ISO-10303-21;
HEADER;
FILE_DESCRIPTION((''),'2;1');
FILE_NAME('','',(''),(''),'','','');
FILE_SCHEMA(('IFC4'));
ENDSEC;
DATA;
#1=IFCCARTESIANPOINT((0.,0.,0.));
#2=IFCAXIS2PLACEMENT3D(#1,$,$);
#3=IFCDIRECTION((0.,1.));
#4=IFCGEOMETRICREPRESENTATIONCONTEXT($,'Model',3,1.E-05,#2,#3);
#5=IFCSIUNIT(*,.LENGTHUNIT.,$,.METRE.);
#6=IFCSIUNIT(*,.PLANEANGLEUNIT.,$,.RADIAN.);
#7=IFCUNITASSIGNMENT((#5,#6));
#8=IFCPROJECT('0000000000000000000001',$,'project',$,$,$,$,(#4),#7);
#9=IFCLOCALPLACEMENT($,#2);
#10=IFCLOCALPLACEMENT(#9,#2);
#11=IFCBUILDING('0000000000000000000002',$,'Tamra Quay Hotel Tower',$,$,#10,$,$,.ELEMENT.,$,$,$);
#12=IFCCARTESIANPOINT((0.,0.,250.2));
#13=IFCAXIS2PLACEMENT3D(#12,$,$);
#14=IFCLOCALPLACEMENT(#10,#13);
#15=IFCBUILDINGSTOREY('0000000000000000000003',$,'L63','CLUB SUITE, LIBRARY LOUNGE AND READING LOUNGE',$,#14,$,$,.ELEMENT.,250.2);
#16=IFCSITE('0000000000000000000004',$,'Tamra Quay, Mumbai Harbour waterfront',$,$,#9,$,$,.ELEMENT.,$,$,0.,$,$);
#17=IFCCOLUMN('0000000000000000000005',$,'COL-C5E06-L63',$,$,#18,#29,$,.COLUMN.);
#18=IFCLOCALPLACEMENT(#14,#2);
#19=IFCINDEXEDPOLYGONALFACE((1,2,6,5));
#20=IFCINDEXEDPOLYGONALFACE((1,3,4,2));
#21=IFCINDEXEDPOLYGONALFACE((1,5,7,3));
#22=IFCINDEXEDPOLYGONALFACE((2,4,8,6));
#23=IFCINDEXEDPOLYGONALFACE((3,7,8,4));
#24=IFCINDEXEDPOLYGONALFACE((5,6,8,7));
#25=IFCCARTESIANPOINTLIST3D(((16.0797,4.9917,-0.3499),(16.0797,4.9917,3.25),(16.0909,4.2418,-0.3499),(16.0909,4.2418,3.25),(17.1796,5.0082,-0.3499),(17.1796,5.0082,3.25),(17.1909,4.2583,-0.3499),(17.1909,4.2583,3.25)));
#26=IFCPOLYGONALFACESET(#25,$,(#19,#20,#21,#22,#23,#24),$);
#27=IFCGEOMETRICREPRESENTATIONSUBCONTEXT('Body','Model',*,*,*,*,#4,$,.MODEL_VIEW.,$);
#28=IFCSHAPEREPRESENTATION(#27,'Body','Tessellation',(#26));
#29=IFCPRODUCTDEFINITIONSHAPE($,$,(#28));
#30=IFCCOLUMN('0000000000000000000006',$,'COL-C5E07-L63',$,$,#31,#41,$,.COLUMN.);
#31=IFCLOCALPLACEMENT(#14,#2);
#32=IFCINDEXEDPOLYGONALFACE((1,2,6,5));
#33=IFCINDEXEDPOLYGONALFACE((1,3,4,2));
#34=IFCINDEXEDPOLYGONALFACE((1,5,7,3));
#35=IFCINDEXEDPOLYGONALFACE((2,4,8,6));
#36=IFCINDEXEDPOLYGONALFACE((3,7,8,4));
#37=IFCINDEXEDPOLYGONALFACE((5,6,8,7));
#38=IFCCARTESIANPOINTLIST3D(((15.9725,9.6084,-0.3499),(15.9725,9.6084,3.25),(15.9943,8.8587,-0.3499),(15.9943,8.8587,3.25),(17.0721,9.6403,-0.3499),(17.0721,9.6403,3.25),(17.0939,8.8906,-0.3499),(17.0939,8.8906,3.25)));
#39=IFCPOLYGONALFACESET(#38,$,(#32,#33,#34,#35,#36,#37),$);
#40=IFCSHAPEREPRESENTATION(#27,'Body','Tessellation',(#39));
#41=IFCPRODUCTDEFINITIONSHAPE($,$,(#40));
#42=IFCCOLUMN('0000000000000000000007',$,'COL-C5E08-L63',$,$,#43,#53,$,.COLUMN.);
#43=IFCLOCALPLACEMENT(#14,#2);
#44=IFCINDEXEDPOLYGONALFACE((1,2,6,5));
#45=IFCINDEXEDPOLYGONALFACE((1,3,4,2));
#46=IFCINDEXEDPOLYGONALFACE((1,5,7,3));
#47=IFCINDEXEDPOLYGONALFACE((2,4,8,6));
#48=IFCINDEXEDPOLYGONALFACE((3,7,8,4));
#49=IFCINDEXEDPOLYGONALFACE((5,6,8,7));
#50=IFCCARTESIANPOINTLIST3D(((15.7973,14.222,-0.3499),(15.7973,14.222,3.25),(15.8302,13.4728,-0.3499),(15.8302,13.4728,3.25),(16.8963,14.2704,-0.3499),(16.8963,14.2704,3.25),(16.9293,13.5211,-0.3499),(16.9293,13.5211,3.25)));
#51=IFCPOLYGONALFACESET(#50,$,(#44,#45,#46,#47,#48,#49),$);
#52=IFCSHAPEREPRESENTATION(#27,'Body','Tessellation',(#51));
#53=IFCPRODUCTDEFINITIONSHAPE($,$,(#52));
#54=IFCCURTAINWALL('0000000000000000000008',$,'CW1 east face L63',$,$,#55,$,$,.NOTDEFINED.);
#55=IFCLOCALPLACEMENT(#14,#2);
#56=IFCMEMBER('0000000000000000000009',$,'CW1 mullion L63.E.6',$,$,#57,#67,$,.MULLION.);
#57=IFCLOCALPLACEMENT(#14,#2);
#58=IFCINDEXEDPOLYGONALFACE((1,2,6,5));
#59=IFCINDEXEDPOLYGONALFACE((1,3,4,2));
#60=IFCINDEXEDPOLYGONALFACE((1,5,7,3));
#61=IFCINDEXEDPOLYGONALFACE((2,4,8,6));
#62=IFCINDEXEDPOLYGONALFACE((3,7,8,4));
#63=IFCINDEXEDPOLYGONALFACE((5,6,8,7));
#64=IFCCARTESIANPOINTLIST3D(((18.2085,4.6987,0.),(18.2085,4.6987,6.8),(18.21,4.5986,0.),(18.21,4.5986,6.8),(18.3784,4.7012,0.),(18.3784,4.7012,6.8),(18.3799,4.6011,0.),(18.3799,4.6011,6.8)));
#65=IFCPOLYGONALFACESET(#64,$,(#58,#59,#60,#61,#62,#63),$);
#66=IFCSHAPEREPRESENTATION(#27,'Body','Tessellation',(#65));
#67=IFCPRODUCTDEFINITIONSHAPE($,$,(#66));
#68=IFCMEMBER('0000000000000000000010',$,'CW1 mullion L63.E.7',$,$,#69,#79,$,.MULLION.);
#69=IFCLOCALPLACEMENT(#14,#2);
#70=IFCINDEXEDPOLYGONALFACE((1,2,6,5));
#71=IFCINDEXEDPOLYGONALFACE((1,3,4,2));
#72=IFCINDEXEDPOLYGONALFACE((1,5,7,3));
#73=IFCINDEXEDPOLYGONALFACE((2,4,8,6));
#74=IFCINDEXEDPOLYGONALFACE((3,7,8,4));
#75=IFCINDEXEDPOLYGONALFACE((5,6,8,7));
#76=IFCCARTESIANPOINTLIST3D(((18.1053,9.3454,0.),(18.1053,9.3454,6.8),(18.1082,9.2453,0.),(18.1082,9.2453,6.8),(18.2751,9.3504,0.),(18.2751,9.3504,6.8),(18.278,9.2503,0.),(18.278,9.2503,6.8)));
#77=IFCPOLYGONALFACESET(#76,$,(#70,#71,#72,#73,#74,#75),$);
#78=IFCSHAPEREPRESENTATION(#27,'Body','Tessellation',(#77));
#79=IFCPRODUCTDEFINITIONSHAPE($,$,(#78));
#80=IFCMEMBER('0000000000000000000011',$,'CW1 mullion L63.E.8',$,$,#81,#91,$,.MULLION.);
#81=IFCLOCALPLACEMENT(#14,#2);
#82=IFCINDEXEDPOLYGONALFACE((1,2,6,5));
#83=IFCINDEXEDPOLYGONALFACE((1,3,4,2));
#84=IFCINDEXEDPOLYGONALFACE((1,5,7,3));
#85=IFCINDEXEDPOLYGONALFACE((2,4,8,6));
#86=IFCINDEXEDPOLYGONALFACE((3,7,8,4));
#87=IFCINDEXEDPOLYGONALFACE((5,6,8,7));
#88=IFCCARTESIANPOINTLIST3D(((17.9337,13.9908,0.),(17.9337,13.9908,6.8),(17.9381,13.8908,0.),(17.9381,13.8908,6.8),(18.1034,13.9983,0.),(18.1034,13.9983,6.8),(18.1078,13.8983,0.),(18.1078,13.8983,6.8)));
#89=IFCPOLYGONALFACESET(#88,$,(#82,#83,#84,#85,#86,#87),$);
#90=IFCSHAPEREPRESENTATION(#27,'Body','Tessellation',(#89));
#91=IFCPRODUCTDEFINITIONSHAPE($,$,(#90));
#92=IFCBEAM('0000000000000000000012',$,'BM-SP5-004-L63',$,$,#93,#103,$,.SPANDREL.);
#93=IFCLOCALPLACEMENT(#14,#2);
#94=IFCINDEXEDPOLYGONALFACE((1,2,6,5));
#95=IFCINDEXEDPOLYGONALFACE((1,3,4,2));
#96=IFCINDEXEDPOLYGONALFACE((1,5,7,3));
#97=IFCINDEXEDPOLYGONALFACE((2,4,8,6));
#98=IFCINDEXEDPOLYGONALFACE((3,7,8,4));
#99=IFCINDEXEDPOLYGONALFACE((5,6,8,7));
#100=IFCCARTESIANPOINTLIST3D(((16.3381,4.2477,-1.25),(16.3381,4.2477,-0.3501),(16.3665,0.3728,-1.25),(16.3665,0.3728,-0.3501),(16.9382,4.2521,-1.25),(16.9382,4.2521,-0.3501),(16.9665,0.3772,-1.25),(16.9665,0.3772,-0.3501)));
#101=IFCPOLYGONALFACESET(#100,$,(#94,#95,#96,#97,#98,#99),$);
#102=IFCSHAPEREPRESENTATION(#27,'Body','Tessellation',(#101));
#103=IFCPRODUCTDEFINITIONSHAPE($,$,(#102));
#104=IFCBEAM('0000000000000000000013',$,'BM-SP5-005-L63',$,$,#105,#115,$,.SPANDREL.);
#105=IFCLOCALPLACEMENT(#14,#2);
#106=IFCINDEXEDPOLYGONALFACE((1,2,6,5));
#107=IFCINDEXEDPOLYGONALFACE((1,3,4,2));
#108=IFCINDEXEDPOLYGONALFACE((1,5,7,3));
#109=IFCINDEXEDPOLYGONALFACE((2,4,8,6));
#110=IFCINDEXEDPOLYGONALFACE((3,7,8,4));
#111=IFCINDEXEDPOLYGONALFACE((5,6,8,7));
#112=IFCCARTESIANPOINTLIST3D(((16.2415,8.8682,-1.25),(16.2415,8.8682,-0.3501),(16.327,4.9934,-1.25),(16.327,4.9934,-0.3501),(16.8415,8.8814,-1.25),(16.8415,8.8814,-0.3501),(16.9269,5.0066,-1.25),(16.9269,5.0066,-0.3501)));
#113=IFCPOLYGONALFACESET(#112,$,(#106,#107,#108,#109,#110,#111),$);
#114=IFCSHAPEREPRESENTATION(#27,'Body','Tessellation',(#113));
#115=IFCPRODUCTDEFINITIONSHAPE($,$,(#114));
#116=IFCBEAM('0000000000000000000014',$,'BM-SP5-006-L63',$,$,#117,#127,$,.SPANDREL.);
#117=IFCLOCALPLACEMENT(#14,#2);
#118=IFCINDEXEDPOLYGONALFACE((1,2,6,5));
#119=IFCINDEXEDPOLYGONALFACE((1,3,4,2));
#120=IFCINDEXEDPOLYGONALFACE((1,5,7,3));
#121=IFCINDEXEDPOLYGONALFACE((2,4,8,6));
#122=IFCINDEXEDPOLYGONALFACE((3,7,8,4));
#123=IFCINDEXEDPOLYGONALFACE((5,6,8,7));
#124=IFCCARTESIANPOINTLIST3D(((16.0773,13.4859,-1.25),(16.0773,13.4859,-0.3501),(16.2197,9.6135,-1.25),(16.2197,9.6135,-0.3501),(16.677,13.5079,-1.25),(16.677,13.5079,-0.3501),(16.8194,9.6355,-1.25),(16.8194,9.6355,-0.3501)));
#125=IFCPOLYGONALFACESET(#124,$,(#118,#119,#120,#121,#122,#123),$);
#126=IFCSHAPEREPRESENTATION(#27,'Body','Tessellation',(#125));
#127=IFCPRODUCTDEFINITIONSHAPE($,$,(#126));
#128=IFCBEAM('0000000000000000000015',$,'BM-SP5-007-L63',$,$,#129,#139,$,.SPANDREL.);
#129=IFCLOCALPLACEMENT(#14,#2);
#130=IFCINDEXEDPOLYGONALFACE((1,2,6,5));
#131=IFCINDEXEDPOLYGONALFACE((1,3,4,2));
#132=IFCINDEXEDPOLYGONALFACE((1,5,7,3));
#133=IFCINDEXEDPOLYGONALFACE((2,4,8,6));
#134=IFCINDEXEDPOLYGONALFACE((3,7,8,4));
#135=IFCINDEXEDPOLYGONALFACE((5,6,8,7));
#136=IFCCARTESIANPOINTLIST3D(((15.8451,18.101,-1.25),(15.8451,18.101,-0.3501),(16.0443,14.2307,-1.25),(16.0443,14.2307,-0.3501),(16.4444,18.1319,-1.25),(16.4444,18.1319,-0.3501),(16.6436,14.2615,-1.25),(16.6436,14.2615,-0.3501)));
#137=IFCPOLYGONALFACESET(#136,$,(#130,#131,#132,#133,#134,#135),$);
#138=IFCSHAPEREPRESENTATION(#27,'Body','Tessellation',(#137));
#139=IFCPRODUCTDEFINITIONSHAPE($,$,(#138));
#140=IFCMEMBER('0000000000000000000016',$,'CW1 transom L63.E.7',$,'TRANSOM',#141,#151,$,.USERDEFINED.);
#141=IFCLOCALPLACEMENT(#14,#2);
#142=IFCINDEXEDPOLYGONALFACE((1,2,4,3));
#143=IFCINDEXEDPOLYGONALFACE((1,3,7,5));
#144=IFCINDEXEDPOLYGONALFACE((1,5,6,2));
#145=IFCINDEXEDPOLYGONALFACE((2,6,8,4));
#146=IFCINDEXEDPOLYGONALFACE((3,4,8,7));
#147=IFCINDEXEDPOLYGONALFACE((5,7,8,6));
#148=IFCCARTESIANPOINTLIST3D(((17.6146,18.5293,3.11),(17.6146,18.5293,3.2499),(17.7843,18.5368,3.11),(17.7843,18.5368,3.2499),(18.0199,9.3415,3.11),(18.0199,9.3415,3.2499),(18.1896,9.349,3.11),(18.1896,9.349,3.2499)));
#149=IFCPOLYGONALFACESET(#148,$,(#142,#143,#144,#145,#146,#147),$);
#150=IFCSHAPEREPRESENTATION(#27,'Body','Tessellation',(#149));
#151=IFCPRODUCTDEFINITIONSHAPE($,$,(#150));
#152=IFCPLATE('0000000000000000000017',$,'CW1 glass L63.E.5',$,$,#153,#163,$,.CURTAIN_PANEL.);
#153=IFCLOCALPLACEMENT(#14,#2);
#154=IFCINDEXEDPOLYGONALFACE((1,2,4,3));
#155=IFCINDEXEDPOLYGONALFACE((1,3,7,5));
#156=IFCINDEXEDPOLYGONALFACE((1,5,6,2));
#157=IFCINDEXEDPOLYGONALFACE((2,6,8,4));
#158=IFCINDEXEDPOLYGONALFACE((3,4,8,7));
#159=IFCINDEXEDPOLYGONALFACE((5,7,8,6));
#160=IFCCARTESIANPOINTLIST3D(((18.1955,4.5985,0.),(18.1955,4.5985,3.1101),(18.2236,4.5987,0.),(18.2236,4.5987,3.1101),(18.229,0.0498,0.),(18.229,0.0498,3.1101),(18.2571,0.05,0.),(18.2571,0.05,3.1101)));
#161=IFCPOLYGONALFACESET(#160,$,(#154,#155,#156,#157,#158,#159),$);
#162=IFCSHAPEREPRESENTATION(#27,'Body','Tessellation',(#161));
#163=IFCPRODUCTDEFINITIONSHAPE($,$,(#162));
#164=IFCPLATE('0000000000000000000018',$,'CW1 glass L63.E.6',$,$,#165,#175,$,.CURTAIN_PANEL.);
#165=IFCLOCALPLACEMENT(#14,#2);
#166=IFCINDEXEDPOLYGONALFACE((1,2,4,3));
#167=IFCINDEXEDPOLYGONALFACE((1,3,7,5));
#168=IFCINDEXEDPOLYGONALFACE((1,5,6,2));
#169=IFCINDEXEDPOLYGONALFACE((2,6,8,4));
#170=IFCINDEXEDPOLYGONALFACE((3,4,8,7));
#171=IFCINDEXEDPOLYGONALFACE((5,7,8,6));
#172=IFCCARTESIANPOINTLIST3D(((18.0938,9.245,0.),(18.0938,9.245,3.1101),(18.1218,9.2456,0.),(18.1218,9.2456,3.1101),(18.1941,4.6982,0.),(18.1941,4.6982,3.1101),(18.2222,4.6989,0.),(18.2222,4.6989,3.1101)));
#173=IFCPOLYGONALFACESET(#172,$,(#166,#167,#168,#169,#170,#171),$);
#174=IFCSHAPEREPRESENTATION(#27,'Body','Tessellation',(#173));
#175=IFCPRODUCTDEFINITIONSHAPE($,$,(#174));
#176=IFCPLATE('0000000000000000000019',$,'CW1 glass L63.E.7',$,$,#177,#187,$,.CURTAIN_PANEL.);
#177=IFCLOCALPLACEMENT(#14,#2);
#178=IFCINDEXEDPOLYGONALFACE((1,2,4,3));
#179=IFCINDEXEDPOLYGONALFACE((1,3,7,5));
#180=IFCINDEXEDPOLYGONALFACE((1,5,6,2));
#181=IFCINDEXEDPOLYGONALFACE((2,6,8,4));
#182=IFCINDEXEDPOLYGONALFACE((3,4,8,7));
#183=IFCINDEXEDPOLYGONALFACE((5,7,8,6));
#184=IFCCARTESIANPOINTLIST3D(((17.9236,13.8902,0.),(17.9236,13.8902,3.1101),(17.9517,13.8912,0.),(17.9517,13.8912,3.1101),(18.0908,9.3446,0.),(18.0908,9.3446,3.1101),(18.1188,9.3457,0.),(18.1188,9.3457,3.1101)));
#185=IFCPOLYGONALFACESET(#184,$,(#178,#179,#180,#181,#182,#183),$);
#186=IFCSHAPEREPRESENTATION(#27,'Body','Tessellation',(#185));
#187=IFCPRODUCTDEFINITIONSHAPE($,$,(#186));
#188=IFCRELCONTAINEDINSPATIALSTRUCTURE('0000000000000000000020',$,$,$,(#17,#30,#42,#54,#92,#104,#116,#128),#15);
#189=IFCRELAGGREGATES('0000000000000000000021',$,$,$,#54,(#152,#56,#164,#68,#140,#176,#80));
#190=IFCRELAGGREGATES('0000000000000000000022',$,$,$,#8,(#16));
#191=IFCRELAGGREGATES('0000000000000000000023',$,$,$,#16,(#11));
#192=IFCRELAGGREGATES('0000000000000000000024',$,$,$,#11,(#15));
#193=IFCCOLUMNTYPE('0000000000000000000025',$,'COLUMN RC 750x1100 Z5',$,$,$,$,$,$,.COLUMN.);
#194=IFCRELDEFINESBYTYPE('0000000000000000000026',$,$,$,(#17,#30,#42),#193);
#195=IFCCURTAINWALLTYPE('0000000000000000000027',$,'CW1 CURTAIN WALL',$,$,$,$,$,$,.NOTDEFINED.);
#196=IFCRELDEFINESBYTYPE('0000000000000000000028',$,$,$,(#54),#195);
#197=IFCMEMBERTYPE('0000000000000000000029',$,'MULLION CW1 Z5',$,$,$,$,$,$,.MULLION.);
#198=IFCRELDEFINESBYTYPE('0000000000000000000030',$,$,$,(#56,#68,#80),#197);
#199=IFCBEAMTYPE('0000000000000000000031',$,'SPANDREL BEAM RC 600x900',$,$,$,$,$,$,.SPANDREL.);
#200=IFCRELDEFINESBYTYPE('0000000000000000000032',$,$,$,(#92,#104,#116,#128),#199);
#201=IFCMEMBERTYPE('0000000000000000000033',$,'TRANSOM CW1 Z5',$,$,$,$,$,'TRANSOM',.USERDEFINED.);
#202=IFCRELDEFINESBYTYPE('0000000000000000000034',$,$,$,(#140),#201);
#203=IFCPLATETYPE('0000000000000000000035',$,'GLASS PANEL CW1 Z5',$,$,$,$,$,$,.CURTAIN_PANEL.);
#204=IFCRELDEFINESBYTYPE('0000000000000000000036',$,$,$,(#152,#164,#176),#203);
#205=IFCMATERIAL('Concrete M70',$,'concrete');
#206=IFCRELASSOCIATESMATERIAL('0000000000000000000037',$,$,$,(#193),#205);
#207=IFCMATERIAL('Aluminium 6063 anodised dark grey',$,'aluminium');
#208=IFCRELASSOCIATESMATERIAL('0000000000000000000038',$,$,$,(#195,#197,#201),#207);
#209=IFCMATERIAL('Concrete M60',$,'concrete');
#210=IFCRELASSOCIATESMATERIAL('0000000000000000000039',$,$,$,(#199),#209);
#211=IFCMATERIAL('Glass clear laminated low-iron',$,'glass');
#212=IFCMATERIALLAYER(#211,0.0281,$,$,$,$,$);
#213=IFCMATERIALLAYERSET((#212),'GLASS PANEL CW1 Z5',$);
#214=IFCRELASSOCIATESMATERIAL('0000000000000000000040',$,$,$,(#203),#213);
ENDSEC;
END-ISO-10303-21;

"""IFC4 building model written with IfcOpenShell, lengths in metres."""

from ifc_helpers import new_model, si_unit, direction, frame, origin, origin_2d, place, context, subcontext, project, spatial, rectangle, extrude, material, layer, layer_set, material_profile, profile_set, type_object, element, aggregate, save


model = new_model("IFC4")

# Units and contexts
model_context = context("Model", 3, precision=1e-05, world=origin(), true_north=direction((0.0, 1.0)))
body_context = subcontext(model_context, "Body", "Model", "MODEL_VIEW")
ifc_project = project(units=[si_unit("LENGTHUNIT", "METRE"), si_unit("PLANEANGLEUNIT", "RADIAN")], contexts=[model_context])

# Site, building, storey
site_placement = place(None, origin())
site = spatial("IfcSite", under=ifc_project, at=site_placement, Name="Tamra Quay, Mumbai Harbour waterfront", CompositionType="ELEMENT", RefElevation=0.0)
building_placement = place(site_placement, origin())
building = spatial("IfcBuilding", under=site, at=building_placement, Name="Tamra Quay Hotel Tower", CompositionType="ELEMENT")
storey_placement = place(building_placement, frame((0.0, 0.0, 250.2)))
storey = spatial("IfcBuildingStorey", under=building, at=storey_placement, Name="L63", Description="CLUB SUITE, LIBRARY LOUNGE AND READING LOUNGE", CompositionType="ELEMENT", Elevation=250.2)

# Columns
ifc_material_1 = material(Name="Concrete M70", Category="concrete")
ifc_material_profile_1 = material_profile(ifc_material_1, rectangle(XDim=1.1001, YDim=0.75, at=origin_2d()), Name="COLUMN RC 750x1100 Z5")
ifc_profile_set_1 = profile_set([ifc_material_profile_1], Name="Concrete M70")
column_type = type_object("IfcColumnType", Name="COLUMN RC 750x1100 Z5", PredefinedType="COLUMN", material=ifc_profile_set_1)
for number, where, z_axis, x_axis, name in (
    (1, (16.6353, 4.625, -0.3499), (0.0, 0.0, 1.0), (0.999888, 0.014959, 0.0), "COL-C5E06-L63"),
    (2, (16.5332, 9.2495, -0.3499), (0.0, 0.0, 1.0), (0.999579, 0.029028, 0.0), "COL-C5E07-L63"),
    (3, (16.3633, 13.8716, -0.3499), (0.0, 0.0, 1.0), (0.999033, 0.043958, 0.0), "COL-C5E08-L63"),
):
    element("IfcColumn", number, at=place(storey_placement, frame(where, z_axis=z_axis, x_axis=x_axis)), inside=storey, type_object=column_type, Name=name, PredefinedType="COLUMN", context=body_context, shape_type="SweptSolid", body=[
        extrude(rectangle(XDim=1.1001, YDim=0.75, at=origin_2d()), origin(), (0.0, 0.0, 1.0), 3.5999),
    ])

# Curtain wall, members
ifc_material_2 = material(Name="Aluminium 6063 anodised dark grey", Category="aluminium")
curtain_wall_type = type_object("IfcCurtainWallType", Name="CW1 CURTAIN WALL", PredefinedType="NOTDEFINED", material=ifc_material_2)
curtain_wall_placement = place(storey_placement, origin())
curtain_wall = element("IfcCurtainWall", 4, at=curtain_wall_placement, inside=storey, type_object=curtain_wall_type, Name="CW1 east face L63", PredefinedType="NOTDEFINED")
ifc_material_profile_2 = material_profile(ifc_material_2, rectangle(XDim=0.1699, YDim=0.1001, at=origin_2d()), Name="MULLION 100X170")
ifc_profile_set_2 = profile_set([ifc_material_profile_2], Name="Aluminium 6063 anodised dark grey")
member_type_1 = type_object("IfcMemberType", Name="MULLION CW1 Z5", PredefinedType="MULLION", material=ifc_profile_set_2)
member_1_placement = place(storey_placement, frame((18.2942, 4.6499, 0.0), z_axis=(0.0, 0.0, 1.0), x_axis=(0.999892, 0.014713, 0.0)))
member_1 = element("IfcMember", 5, at=member_1_placement, type_object=member_type_1, Name="CW1 mullion L63.E.6", PredefinedType="MULLION", context=body_context, shape_type="SweptSolid", body=[
    extrude(rectangle(XDim=0.1699, YDim=0.1001, at=origin_2d()), origin(), (0.0, 0.0, 1.0), 6.8),
])
member_2_placement = place(storey_placement, frame((18.1917, 9.2979, 0.0), z_axis=(0.0, 0.0, 1.0), x_axis=(0.999568, 0.029405, 0.0)))
member_2 = element("IfcMember", 6, at=member_2_placement, type_object=member_type_1, Name="CW1 mullion L63.E.7", PredefinedType="MULLION", context=body_context, shape_type="SweptSolid", body=[
    extrude(rectangle(XDim=0.1699, YDim=0.1001, at=origin_2d()), origin(), (0.0, 0.0, 1.0), 6.8),
])
member_3_placement = place(storey_placement, frame((18.0208, 13.9446, 0.0), z_axis=(0.0, 0.0, 1.0), x_axis=(0.999028, 0.044075, 0.0)))
member_3 = element("IfcMember", 7, at=member_3_placement, type_object=member_type_1, Name="CW1 mullion L63.E.8", PredefinedType="MULLION", context=body_context, shape_type="SweptSolid", body=[
    extrude(rectangle(XDim=0.1699, YDim=0.1001, at=origin_2d()), origin(), (0.0, 0.0, 1.0), 6.8),
])

# Beams
ifc_material_3 = material(Name="Concrete M60", Category="concrete")
ifc_material_profile_3 = material_profile(ifc_material_3, rectangle(XDim=0.6001, YDim=0.8999, at=origin_2d()), Name="SPANDREL BEAM RC 600x900")
ifc_profile_set_3 = profile_set([ifc_material_profile_3], Name="Concrete M60")
beam_type = type_object("IfcBeamType", Name="SPANDREL BEAM RC 600x900", PredefinedType="SPANDREL", material=ifc_profile_set_3)
beam_1_placement = place(storey_placement, frame((16.6665, 0.375, -0.8), z_axis=(-0.007308, 0.999973, 0.0), x_axis=(-0.999973, -0.007308, 0.0)))
element("IfcBeam", 8, at=beam_1_placement, inside=storey, type_object=beam_type, Name="BM-SP5-004-L63", PredefinedType="SPANDREL", context=body_context, shape_type="SweptSolid", body=[
    extrude(rectangle(XDim=0.6001, YDim=0.8999, at=origin_2d()), origin(), (0.0, 0.0, 1.0), 3.875),
])
beam_2_placement = place(storey_placement, frame((16.627, 5.0, -0.8), z_axis=(-0.022047, 0.999757, 0.0), x_axis=(-0.999757, -0.022047, 0.0)))
element("IfcBeam", 9, at=beam_2_placement, inside=storey, type_object=beam_type, Name="BM-SP5-005-L63", PredefinedType="SPANDREL", context=body_context, shape_type="SweptSolid", body=[
    extrude(rectangle(XDim=0.6001, YDim=0.8999, at=origin_2d()), origin(), (0.0, 0.0, 1.0), 3.8757),
])
beam_3_placement = place(storey_placement, frame((16.5195, 9.6245, -0.8), z_axis=(-0.036732, 0.999325, 0.0), x_axis=(-0.999325, -0.036732, 0.0)))
element("IfcBeam", 10, at=beam_3_placement, inside=storey, type_object=beam_type, Name="BM-SP5-006-L63", PredefinedType="SPANDREL", context=body_context, shape_type="SweptSolid", body=[
    extrude(rectangle(XDim=0.6001, YDim=0.8999, at=origin_2d()), origin(), (0.0, 0.0, 1.0), 3.875),
])
beam_4_placement = place(storey_placement, frame((16.344, 14.2461, -0.8), z_axis=(-0.051405, 0.998678, 0.0), x_axis=(-0.998678, -0.051405, 0.0)))
element("IfcBeam", 11, at=beam_4_placement, inside=storey, type_object=beam_type, Name="BM-SP5-007-L63", PredefinedType="SPANDREL", context=body_context, shape_type="SweptSolid", body=[
    extrude(rectangle(XDim=0.6001, YDim=0.8999, at=origin_2d()), origin(), (0.0, 0.0, 1.0), 3.8755),
])

# Member
ifc_material_profile_4 = material_profile(ifc_material_2, rectangle(XDim=0.1699, YDim=0.1399, at=origin_2d()), Name="TRANSOM 170X140")
ifc_profile_set_4 = profile_set([ifc_material_profile_4], Name="Aluminium 6063 anodised dark grey")
member_type_2 = type_object("IfcMemberType", Name="TRANSOM CW1 Z5", ElementType="TRANSOM", PredefinedType="USERDEFINED", material=ifc_profile_set_4)
member_4_placement = place(storey_placement, frame((18.1047, 9.3452, 3.1799), z_axis=(-0.044067, 0.999029, 0.0), x_axis=(-0.999029, -0.044067, 0.0)))
member_4 = element("IfcMember", 12, at=member_4_placement, type_object=member_type_2, Name="CW1 transom L63.E.7", ObjectType="TRANSOM", PredefinedType="USERDEFINED", context=body_context, shape_type="SweptSolid", body=[
    extrude(rectangle(XDim=0.1699, YDim=0.1399, at=origin_2d()), origin(), (0.0, 0.0, 1.0), 9.1968),
])

# Plates
ifc_material_4 = material(Name="Glass clear laminated low-iron", Category="glass")
ifc_layer_1 = layer(ifc_material_4, 0.0281)
ifc_layer_set_1 = layer_set([ifc_layer_1], Name="GLASS PANEL CW1 Z5")
plate_type = type_object("IfcPlateType", Name="GLASS PANEL CW1 Z5", PredefinedType="CURTAIN_PANEL", material=ifc_layer_set_1)
plate_1_placement = place(storey_placement, frame((18.2263, 2.3242, 0.0), z_axis=(0.0, 0.0, 1.0), x_axis=(-0.007362, 0.999973, 0.0)))
plate_1 = element("IfcPlate", 13, at=plate_1_placement, type_object=plate_type, Name="CW1 glass L63.E.5", PredefinedType="CURTAIN_PANEL", context=body_context, shape_type="SweptSolid", body=[
    extrude(rectangle(XDim=4.5488, YDim=0.0281, at=origin_2d()), origin(), (0.0, 0.0, 1.0), 3.1101),
])
plate_2_placement = place(storey_placement, frame((18.158, 6.9719, 0.0), z_axis=(0.0, 0.0, 1.0), x_axis=(-0.022063, 0.999757, 0.0)))
plate_2 = element("IfcPlate", 14, at=plate_2_placement, type_object=plate_type, Name="CW1 glass L63.E.6", PredefinedType="CURTAIN_PANEL", context=body_context, shape_type="SweptSolid", body=[
    extrude(rectangle(XDim=4.5479, YDim=0.0281, at=origin_2d()), origin(), (0.0, 0.0, 1.0), 3.1101),
])
plate_3_placement = place(storey_placement, frame((18.0212, 11.6179, 0.0), z_axis=(0.0, 0.0, 1.0), x_axis=(-0.036745, 0.999325, 0.0)))
plate_3 = element("IfcPlate", 15, at=plate_3_placement, type_object=plate_type, Name="CW1 glass L63.E.7", PredefinedType="CURTAIN_PANEL", context=body_context, shape_type="SweptSolid", body=[
    extrude(rectangle(XDim=4.5486, YDim=0.0281, at=origin_2d()), origin(), (0.0, 0.0, 1.0), 3.1101),
])
aggregate(curtain_wall, [plate_1, member_1, plate_2, member_2, member_4, plate_3, member_3])

save(model, "model.ifc")
